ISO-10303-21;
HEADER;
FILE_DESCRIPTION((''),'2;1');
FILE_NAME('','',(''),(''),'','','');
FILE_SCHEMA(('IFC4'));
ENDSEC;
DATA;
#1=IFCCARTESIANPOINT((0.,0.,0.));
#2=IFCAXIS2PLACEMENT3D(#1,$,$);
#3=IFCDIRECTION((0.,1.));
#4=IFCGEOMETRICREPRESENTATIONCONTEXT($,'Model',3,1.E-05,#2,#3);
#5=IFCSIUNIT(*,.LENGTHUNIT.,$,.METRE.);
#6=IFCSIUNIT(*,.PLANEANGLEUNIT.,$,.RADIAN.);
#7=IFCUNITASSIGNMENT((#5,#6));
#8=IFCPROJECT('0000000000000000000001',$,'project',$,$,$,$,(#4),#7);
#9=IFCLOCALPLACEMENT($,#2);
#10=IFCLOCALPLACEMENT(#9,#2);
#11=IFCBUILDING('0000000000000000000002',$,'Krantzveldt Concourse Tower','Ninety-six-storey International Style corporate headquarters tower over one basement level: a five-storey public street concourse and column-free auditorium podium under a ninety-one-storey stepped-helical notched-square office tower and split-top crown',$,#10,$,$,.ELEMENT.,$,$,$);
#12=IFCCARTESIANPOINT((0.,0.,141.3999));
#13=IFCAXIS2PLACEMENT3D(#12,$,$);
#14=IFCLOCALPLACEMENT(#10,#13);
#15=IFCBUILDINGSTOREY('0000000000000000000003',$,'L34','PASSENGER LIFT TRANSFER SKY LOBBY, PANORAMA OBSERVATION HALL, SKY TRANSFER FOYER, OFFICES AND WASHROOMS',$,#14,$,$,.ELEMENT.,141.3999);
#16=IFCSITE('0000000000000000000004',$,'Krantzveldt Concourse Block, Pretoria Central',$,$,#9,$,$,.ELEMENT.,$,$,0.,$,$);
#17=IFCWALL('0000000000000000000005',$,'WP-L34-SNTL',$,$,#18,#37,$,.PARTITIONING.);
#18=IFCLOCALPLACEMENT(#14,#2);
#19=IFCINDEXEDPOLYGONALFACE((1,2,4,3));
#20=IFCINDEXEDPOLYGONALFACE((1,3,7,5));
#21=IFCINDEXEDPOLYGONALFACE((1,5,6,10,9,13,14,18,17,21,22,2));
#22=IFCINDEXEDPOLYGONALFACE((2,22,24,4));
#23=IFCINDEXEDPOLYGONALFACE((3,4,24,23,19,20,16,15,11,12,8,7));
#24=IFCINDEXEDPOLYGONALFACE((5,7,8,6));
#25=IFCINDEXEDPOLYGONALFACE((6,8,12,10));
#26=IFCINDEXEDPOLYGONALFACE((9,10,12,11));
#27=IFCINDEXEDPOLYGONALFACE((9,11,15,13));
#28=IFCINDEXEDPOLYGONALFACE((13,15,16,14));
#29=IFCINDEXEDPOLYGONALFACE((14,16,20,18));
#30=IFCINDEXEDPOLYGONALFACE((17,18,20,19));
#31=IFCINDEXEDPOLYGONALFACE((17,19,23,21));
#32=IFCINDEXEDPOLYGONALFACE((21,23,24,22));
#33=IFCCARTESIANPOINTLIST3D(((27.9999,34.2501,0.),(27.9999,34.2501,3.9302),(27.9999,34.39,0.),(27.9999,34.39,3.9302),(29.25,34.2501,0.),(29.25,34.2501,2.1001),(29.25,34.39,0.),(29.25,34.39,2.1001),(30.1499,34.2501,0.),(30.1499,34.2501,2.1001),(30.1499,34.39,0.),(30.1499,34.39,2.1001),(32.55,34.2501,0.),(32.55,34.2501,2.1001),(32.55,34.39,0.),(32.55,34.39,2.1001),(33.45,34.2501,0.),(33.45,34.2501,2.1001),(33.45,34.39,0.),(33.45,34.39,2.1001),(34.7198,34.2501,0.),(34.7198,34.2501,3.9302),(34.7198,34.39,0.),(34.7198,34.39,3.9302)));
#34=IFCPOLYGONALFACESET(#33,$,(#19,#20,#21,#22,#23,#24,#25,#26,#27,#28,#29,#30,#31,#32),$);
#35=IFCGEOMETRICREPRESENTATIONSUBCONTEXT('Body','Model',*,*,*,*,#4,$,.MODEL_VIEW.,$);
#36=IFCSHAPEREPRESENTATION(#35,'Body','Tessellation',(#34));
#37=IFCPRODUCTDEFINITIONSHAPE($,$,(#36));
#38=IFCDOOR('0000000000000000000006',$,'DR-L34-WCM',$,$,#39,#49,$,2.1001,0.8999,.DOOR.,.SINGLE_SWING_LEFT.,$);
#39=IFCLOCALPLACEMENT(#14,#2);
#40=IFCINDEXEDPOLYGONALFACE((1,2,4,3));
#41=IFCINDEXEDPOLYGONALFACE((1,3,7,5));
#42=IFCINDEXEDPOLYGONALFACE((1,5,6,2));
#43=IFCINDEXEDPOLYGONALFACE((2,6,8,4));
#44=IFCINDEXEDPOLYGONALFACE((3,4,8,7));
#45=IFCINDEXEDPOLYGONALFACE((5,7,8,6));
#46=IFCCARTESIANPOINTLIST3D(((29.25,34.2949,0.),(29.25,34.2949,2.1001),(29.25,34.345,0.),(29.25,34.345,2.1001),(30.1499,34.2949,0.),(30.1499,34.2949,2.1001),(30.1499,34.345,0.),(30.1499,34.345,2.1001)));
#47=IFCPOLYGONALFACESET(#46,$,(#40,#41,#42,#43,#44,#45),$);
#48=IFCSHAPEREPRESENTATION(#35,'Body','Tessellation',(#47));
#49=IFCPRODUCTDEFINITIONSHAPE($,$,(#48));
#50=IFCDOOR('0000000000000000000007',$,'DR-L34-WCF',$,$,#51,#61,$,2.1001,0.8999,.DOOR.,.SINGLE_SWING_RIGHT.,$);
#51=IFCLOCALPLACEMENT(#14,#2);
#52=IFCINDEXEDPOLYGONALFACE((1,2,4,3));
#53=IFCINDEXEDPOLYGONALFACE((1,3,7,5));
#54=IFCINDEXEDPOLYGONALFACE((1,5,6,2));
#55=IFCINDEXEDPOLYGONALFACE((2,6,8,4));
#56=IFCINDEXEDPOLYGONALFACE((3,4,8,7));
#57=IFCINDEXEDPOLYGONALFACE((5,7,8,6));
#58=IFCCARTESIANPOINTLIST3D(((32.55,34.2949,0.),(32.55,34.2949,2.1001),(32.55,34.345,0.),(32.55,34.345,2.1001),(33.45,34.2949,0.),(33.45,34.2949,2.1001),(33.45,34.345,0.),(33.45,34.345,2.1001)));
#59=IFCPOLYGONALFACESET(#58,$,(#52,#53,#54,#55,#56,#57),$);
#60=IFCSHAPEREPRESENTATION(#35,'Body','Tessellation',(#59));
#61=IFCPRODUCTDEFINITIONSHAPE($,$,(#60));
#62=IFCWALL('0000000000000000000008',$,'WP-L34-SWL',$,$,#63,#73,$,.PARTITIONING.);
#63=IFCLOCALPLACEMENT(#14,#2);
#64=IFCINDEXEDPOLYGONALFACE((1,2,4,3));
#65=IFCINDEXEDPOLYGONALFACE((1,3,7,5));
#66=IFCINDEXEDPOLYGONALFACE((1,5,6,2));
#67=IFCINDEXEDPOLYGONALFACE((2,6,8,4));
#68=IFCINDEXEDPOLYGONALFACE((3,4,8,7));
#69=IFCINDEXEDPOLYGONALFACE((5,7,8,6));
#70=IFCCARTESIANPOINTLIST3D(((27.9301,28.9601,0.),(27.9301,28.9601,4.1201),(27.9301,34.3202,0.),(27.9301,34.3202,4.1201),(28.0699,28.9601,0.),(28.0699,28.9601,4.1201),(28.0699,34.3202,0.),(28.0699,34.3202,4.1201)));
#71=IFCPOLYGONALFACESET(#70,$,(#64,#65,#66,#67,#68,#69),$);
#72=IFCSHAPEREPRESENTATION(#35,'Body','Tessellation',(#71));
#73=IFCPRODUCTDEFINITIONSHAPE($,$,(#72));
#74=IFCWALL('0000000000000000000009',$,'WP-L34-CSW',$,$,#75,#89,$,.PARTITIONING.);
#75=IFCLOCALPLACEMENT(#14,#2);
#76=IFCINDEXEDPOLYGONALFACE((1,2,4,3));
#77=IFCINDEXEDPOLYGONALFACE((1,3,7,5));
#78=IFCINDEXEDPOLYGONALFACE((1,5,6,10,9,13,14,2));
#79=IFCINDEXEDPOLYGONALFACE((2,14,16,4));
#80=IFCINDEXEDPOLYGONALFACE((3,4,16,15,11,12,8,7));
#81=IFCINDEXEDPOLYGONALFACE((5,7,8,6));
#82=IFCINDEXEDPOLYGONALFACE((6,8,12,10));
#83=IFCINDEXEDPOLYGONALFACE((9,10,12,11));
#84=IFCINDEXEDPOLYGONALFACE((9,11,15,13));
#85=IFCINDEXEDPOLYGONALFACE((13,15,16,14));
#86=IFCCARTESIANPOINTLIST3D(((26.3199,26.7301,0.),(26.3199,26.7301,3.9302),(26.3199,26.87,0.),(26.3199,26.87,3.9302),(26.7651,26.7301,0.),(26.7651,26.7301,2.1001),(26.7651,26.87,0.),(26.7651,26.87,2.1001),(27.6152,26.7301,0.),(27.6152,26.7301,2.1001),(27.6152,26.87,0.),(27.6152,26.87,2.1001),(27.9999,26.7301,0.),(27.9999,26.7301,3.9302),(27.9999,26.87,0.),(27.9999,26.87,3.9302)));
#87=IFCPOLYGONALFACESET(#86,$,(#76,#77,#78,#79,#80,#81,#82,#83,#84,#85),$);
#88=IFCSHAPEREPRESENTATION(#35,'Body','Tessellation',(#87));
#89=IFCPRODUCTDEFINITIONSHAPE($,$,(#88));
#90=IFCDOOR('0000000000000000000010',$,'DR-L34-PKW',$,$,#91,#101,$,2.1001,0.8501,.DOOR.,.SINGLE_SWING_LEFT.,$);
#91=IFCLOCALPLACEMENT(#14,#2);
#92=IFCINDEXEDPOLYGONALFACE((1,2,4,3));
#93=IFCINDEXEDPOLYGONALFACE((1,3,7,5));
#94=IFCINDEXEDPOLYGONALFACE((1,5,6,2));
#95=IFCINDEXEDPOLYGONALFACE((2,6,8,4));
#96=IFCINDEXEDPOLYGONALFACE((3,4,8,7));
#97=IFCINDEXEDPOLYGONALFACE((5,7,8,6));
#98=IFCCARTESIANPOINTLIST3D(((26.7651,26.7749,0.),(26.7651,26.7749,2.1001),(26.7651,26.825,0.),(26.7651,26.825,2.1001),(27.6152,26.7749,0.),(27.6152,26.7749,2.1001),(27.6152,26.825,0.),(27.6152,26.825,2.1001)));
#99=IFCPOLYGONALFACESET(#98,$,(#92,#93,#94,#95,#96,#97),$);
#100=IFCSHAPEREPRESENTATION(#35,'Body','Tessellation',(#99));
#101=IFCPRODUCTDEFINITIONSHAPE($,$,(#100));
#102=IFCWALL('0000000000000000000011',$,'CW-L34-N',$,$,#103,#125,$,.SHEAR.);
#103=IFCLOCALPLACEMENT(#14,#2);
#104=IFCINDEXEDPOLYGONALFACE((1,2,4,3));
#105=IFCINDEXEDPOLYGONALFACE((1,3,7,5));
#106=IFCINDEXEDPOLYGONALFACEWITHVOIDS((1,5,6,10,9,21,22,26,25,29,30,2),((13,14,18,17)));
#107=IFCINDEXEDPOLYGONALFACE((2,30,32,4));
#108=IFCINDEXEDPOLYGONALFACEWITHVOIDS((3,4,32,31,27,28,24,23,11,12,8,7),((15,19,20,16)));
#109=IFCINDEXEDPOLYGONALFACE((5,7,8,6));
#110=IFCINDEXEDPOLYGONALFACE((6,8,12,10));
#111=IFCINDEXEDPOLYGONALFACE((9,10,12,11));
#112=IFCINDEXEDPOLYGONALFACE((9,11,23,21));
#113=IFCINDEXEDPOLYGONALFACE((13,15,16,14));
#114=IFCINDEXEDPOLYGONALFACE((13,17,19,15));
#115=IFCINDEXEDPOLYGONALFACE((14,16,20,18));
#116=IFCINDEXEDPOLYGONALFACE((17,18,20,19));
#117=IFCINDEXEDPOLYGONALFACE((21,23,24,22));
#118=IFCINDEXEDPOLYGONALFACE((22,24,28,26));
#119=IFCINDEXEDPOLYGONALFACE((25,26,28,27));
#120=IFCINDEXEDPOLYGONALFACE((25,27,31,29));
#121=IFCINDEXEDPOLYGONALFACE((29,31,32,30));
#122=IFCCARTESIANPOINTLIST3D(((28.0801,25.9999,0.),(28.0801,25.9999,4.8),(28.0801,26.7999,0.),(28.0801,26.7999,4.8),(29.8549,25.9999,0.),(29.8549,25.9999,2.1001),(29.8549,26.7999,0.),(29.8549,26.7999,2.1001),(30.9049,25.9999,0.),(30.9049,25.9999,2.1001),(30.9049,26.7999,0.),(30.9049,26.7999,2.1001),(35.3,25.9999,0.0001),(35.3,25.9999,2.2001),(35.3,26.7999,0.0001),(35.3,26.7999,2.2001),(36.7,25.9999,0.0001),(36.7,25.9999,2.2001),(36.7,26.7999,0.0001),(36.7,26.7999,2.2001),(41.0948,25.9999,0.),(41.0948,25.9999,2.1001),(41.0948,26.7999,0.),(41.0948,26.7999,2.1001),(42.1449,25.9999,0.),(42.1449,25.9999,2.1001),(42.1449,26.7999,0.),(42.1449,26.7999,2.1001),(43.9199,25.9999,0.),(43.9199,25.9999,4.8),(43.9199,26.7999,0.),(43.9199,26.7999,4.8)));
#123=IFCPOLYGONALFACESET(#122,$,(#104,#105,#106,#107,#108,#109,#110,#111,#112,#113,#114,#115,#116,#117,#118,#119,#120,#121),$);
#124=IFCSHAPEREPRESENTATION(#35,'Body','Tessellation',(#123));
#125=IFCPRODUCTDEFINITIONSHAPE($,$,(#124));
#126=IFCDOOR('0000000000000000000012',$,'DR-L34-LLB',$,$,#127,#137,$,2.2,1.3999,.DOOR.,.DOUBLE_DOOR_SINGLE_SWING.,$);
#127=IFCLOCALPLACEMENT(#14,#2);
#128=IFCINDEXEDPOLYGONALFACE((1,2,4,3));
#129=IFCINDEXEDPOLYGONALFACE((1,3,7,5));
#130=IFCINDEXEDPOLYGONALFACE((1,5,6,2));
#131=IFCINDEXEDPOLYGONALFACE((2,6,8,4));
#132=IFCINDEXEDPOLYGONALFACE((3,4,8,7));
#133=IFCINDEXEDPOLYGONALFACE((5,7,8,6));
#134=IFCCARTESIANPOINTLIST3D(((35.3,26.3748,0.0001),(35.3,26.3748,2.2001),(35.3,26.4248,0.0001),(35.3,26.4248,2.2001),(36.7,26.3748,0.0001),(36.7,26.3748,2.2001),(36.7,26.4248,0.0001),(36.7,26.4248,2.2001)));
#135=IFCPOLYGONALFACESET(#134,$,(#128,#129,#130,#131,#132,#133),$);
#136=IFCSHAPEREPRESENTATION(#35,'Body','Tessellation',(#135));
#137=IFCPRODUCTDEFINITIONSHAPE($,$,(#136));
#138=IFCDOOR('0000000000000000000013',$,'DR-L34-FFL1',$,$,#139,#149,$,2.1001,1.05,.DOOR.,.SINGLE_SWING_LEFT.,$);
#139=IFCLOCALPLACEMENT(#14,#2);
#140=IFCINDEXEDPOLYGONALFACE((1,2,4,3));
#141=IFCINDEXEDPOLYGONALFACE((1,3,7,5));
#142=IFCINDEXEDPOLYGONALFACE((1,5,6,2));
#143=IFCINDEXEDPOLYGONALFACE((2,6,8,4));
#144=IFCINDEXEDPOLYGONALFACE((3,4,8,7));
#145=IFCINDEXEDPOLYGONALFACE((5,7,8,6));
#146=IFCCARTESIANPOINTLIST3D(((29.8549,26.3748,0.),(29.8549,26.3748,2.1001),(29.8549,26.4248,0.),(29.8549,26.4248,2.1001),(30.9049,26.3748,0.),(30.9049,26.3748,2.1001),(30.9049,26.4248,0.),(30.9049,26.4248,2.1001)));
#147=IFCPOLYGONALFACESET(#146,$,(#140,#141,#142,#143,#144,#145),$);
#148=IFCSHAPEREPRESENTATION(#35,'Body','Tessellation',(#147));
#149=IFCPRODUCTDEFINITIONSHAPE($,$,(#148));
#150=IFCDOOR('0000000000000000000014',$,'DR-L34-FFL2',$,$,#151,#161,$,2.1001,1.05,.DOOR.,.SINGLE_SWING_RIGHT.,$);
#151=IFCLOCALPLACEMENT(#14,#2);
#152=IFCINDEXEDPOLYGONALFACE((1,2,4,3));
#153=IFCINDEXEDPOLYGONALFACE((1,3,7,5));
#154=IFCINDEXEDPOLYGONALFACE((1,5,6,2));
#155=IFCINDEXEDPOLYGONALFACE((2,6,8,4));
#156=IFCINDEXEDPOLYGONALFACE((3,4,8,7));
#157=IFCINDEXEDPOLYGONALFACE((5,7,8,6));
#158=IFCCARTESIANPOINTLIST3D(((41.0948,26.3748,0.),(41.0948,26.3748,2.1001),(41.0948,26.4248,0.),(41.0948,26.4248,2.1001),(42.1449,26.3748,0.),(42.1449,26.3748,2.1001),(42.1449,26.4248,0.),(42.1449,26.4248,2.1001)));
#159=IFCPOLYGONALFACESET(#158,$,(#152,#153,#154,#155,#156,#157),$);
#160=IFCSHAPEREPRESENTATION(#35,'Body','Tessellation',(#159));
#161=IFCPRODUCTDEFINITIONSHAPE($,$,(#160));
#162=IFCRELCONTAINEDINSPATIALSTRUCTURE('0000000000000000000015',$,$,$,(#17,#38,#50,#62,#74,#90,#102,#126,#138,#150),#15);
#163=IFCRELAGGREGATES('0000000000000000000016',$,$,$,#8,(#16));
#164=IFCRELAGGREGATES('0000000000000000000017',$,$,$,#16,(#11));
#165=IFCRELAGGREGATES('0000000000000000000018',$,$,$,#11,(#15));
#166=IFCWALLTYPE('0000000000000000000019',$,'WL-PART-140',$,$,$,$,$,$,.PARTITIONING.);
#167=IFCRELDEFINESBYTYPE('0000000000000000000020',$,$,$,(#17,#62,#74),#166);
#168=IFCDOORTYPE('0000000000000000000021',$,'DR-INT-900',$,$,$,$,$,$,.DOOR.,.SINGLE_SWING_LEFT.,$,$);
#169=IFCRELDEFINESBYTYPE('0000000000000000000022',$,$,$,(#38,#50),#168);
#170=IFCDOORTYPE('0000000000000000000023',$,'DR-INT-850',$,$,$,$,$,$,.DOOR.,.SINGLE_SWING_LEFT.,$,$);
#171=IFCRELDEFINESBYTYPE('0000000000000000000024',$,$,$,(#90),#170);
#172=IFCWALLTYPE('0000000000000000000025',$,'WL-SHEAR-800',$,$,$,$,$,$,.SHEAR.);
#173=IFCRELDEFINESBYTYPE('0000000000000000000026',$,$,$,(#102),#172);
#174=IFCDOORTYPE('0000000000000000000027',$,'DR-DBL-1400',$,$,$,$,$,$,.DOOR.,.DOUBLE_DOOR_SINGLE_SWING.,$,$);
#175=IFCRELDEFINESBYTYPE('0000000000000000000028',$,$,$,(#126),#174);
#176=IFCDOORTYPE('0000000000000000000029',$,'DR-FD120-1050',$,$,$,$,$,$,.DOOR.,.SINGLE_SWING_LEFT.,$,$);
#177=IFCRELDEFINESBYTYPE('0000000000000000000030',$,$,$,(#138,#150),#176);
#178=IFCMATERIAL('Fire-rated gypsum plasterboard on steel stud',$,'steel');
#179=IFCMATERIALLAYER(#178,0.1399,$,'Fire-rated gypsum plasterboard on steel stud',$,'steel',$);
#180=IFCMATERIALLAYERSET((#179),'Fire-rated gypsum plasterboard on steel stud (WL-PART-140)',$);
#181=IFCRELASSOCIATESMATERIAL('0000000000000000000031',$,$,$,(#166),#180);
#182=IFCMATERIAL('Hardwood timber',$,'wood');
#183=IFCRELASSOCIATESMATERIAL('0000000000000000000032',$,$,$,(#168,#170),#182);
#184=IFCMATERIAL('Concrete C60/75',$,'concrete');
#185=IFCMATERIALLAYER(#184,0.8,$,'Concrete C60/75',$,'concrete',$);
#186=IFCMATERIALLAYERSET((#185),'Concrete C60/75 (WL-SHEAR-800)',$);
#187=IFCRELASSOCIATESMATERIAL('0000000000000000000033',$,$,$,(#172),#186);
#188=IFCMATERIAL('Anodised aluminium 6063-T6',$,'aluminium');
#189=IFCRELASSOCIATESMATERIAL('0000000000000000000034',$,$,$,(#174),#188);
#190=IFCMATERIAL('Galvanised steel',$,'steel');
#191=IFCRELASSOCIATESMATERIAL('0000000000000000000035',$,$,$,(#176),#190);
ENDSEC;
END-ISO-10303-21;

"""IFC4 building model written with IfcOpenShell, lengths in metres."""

from ifc_helpers import new_model, si_unit, direction, frame, frame_2d, origin, place, context, subcontext, project, spatial, rectangle, extrude, material, layer, layer_set, type_object, element, fill, save


model = new_model("IFC4")

# Units and contexts
model_context = context("Model", 3, precision=1e-05, world=origin(), true_north=direction((0.0, 1.0)))
body_context = subcontext(model_context, "Body", "Model", "MODEL_VIEW")
ifc_project = project(units=[si_unit("LENGTHUNIT", "METRE"), si_unit("PLANEANGLEUNIT", "RADIAN")], contexts=[model_context])

# Site, building, storey
site_placement = place(None, origin())
site = spatial("IfcSite", under=ifc_project, at=site_placement, Name="Krantzveldt Concourse Block, Pretoria Central", CompositionType="ELEMENT", RefElevation=0.0)
building_placement = place(site_placement, origin())
building = spatial("IfcBuilding", under=site, at=building_placement, Name="Krantzveldt Concourse Tower", Description="Ninety-six-storey International Style corporate headquarters tower over one basement level: a five-storey public street concourse and column-free auditorium podium under a ninety-one-storey stepped-helical notched-square office tower and split-top crown", CompositionType="ELEMENT")
storey_placement = place(building_placement, frame((0.0, 0.0, 141.3999)))
storey = spatial("IfcBuildingStorey", under=building, at=storey_placement, Name="L34", Description="PASSENGER LIFT TRANSFER SKY LOBBY, PANORAMA OBSERVATION HALL, SKY TRANSFER FOYER, OFFICES AND WASHROOMS", CompositionType="ELEMENT", Elevation=141.3999)

# Shared definitions
ifc_material_1 = material(Name="Fire-rated gypsum plasterboard on steel stud", Category="steel")

# Shared definitions
ifc_layer_1 = layer(ifc_material_1, 0.1399, Name="Fire-rated gypsum plasterboard on steel stud", Category="steel")
ifc_layer_set_1 = layer_set([ifc_layer_1], Name="Fire-rated gypsum plasterboard on steel stud (WL-PART-140)")
wall_type_1 = type_object("IfcWallType", Name="WL-PART-140", PredefinedType="PARTITIONING", material=ifc_layer_set_1)
ifc_material_2 = material(Name="Hardwood timber", Category="wood")

# Wall, openings, doors
wall_1_placement = place(storey_placement, frame((28.0, 34.3201, 0.0), z_axis=(0.0, 0.0, 1.0), x_axis=(1.0, 0.0, 0.0)))
wall_1 = element("IfcWall", 1, at=wall_1_placement, inside=storey, type_object=wall_type_1, Name="WP-L34-SNTL", PredefinedType="PARTITIONING", context=body_context, shape_type="SweptSolid", body=[
    extrude(rectangle(XDim=6.72, YDim=0.1399, at=frame_2d((3.3599, 0.0))), origin(), (0.0, 0.0, 1.0), 3.9302),
])
opening_1_placement = place(wall_1_placement, frame((1.25, 0.0, 0.0)))
opening_1 = element("IfcOpeningElement", 2, at=opening_1_placement, cuts=wall_1, PredefinedType="OPENING", context=body_context, shape_type="SweptSolid", body=[
    extrude(rectangle(XDim=0.8999, YDim=2.1001, at=frame_2d((0.45, 1.05))), frame((0.0, 0.0801, 0.0), z_axis=(0.0, -1.0, 0.0), x_axis=(1.0, 0.0, 0.0)), (0.0, 0.0, 1.0), 0.1599),
])
opening_2_placement = place(wall_1_placement, frame((4.55, 0.0, 0.0)))
opening_2 = element("IfcOpeningElement", 3, at=opening_2_placement, cuts=wall_1, PredefinedType="OPENING", context=body_context, shape_type="SweptSolid", body=[
    extrude(rectangle(XDim=0.8999, YDim=2.1001, at=frame_2d((0.45, 1.05))), frame((0.0, 0.0801, 0.0), z_axis=(0.0, -1.0, 0.0), x_axis=(1.0, 0.0, 0.0)), (0.0, 0.0, 1.0), 0.1599),
])
door_type_1 = type_object("IfcDoorType", Name="DR-INT-900", OperationType="SINGLE_SWING_LEFT", PredefinedType="DOOR", material=ifc_material_2)
door_1_placement = place(opening_1_placement, origin())
door_1 = element("IfcDoor", 4, at=door_1_placement, inside=storey, type_object=door_type_1, Name="DR-L34-WCM", OperationType="SINGLE_SWING_LEFT", OverallHeight=2.1001, OverallWidth=0.8999, PredefinedType="DOOR", context=body_context, shape_type="SweptSolid", body=[
    extrude(rectangle(XDim=0.8999, YDim=2.1001, at=frame_2d((0.45, 1.05))), frame((0.0, 0.0249, 0.0), z_axis=(0.0, -1.0, 0.0), x_axis=(1.0, 0.0, 0.0)), (0.0, 0.0, 1.0), 0.05),
])
fill(opening_1, door_1)
door_2_placement = place(opening_2_placement, origin())
door_2 = element("IfcDoor", 5, at=door_2_placement, inside=storey, type_object=door_type_1, Name="DR-L34-WCF", OperationType="SINGLE_SWING_RIGHT", OverallHeight=2.1001, OverallWidth=0.8999, PredefinedType="DOOR", context=body_context, shape_type="SweptSolid", body=[
    extrude(rectangle(XDim=0.8999, YDim=2.1001, at=frame_2d((0.45, 1.05))), frame((0.0, 0.0249, 0.0), z_axis=(0.0, -1.0, 0.0), x_axis=(1.0, 0.0, 0.0)), (0.0, 0.0, 1.0), 0.05),
])
fill(opening_2, door_2)

# Wall
wall_2_placement = place(storey_placement, frame((28.0, 28.96, 0.0), z_axis=(0.0, 0.0, 1.0), x_axis=(0.0, 1.0, 0.0)))
element("IfcWall", 6, at=wall_2_placement, inside=storey, type_object=wall_type_1, Name="WP-L34-SWL", PredefinedType="PARTITIONING", context=body_context, shape_type="SweptSolid", body=[
    extrude(rectangle(XDim=5.3601, YDim=0.1399, at=frame_2d((2.6802, 0.0))), origin(), (0.0, 0.0, 1.0), 4.1201),
])

# Wall, opening, door
wall_3_placement = place(storey_placement, frame((26.3201, 26.8, 0.0), z_axis=(0.0, 0.0, 1.0), x_axis=(1.0, 0.0, 0.0)))
wall_3 = element("IfcWall", 7, at=wall_3_placement, inside=storey, type_object=wall_type_1, Name="WP-L34-CSW", PredefinedType="PARTITIONING", context=body_context, shape_type="SweptSolid", body=[
    extrude(rectangle(XDim=1.6799, YDim=0.1399, at=frame_2d((0.8398, 0.0))), origin(), (0.0, 0.0, 1.0), 3.9302),
])
opening_3_placement = place(wall_3_placement, frame((0.4451, 0.0, 0.0)))
opening_3 = element("IfcOpeningElement", 8, at=opening_3_placement, cuts=wall_3, PredefinedType="OPENING", context=body_context, shape_type="SweptSolid", body=[
    extrude(rectangle(XDim=0.8501, YDim=2.1001, at=frame_2d((0.425, 1.05))), frame((0.0, 0.0801, 0.0), z_axis=(0.0, -1.0, 0.0), x_axis=(1.0, 0.0, 0.0)), (0.0, 0.0, 1.0), 0.1599),
])
door_type_2 = type_object("IfcDoorType", Name="DR-INT-850", OperationType="SINGLE_SWING_LEFT", PredefinedType="DOOR", material=ifc_material_2)
door_3_placement = place(opening_3_placement, origin())
door_3 = element("IfcDoor", 9, at=door_3_placement, inside=storey, type_object=door_type_2, Name="DR-L34-PKW", OperationType="SINGLE_SWING_LEFT", OverallHeight=2.1001, OverallWidth=0.8501, PredefinedType="DOOR", context=body_context, shape_type="SweptSolid", body=[
    extrude(rectangle(XDim=0.8501, YDim=2.1001, at=frame_2d((0.425, 1.05))), frame((0.0, 0.0249, 0.0), z_axis=(0.0, -1.0, 0.0), x_axis=(1.0, 0.0, 0.0)), (0.0, 0.0, 1.0), 0.05),
])
fill(opening_3, door_3)

# Wall, openings, doors
ifc_material_3 = material(Name="Concrete C60/75", Category="concrete")
ifc_layer_2 = layer(ifc_material_3, 0.8, Name="Concrete C60/75", Category="concrete")
ifc_layer_set_2 = layer_set([ifc_layer_2], Name="Concrete C60/75 (WL-SHEAR-800)")
wall_type_2 = type_object("IfcWallType", Name="WL-SHEAR-800", PredefinedType="SHEAR", material=ifc_layer_set_2)
wall_4_placement = place(storey_placement, frame((28.0801, 26.3999, 0.0), z_axis=(0.0, 0.0, 1.0), x_axis=(1.0, 0.0, 0.0)))
wall_4 = element("IfcWall", 10, at=wall_4_placement, inside=storey, type_object=wall_type_2, Name="CW-L34-N", PredefinedType="SHEAR", context=body_context, shape_type="SweptSolid", body=[
    extrude(rectangle(XDim=15.8398, YDim=0.8, at=frame_2d((7.9199, 0.0))), origin(), (0.0, 0.0, 1.0), 4.8),
])
opening_4_placement = place(wall_4_placement, frame((7.22, 0.0, 0.0)))
opening_4 = element("IfcOpeningElement", 11, at=opening_4_placement, cuts=wall_4, PredefinedType="OPENING", context=body_context, shape_type="SweptSolid", body=[
    extrude(rectangle(XDim=1.3999, YDim=2.2, at=frame_2d((0.7, 1.1001))), frame((0.0, 0.4102, 0.0), z_axis=(0.0, -1.0, 0.0), x_axis=(1.0, 0.0, 0.0)), (0.0, 0.0, 1.0), 0.8201),
])
opening_5_placement = place(wall_4_placement, frame((1.7749, 0.0, 0.0)))
opening_5 = element("IfcOpeningElement", 12, at=opening_5_placement, cuts=wall_4, PredefinedType="OPENING", context=body_context, shape_type="SweptSolid", body=[
    extrude(rectangle(XDim=1.05, YDim=2.1001, at=frame_2d((0.5249, 1.05))), frame((0.0, 0.4102, 0.0), z_axis=(0.0, -1.0, 0.0), x_axis=(1.0, 0.0, 0.0)), (0.0, 0.0, 1.0), 0.8201),
])
opening_6_placement = place(wall_4_placement, frame((13.0149, 0.0, 0.0)))
opening_6 = element("IfcOpeningElement", 13, at=opening_6_placement, cuts=wall_4, PredefinedType="OPENING", context=body_context, shape_type="SweptSolid", body=[
    extrude(rectangle(XDim=1.05, YDim=2.1001, at=frame_2d((0.5249, 1.05))), frame((0.0, 0.4102, 0.0), z_axis=(0.0, -1.0, 0.0), x_axis=(1.0, 0.0, 0.0)), (0.0, 0.0, 1.0), 0.8201),
])
ifc_material_4 = material(Name="Anodised aluminium 6063-T6", Category="aluminium")
door_type_3 = type_object("IfcDoorType", Name="DR-DBL-1400", OperationType="DOUBLE_DOOR_SINGLE_SWING", PredefinedType="DOOR", material=ifc_material_4)
door_4_placement = place(opening_4_placement, origin())
door_4 = element("IfcDoor", 14, at=door_4_placement, inside=storey, type_object=door_type_3, Name="DR-L34-LLB", OperationType="DOUBLE_DOOR_SINGLE_SWING", OverallHeight=2.2, OverallWidth=1.3999, PredefinedType="DOOR", context=body_context, shape_type="SweptSolid", body=[
    extrude(rectangle(XDim=1.3999, YDim=2.2, at=frame_2d((0.7, 1.1001))), frame((0.0, 0.0249, 0.0), z_axis=(0.0, -1.0, 0.0), x_axis=(1.0, 0.0, 0.0)), (0.0, 0.0, 1.0), 0.05),
])
fill(opening_4, door_4)
ifc_material_5 = material(Name="Galvanised steel", Category="steel")
door_type_4 = type_object("IfcDoorType", Name="DR-FD120-1050", OperationType="SINGLE_SWING_LEFT", PredefinedType="DOOR", material=ifc_material_5)
door_5_placement = place(opening_5_placement, origin())
door_5 = element("IfcDoor", 15, at=door_5_placement, inside=storey, type_object=door_type_4, Name="DR-L34-FFL1", OperationType="SINGLE_SWING_LEFT", OverallHeight=2.1001, OverallWidth=1.05, PredefinedType="DOOR", context=body_context, shape_type="SweptSolid", body=[
    extrude(rectangle(XDim=1.05, YDim=2.1001, at=frame_2d((0.5249, 1.05))), frame((0.0, 0.0249, 0.0), z_axis=(0.0, -1.0, 0.0), x_axis=(1.0, 0.0, 0.0)), (0.0, 0.0, 1.0), 0.05),
])
fill(opening_5, door_5)
door_6_placement = place(opening_6_placement, origin())
door_6 = element("IfcDoor", 16, at=door_6_placement, inside=storey, type_object=door_type_4, Name="DR-L34-FFL2", OperationType="SINGLE_SWING_RIGHT", OverallHeight=2.1001, OverallWidth=1.05, PredefinedType="DOOR", context=body_context, shape_type="SweptSolid", body=[
    extrude(rectangle(XDim=1.05, YDim=2.1001, at=frame_2d((0.5249, 1.05))), frame((0.0, 0.0249, 0.0), z_axis=(0.0, -1.0, 0.0), x_axis=(1.0, 0.0, 0.0)), (0.0, 0.0, 1.0), 0.05),
])
fill(opening_6, door_6)

save(model, "model.ifc")
